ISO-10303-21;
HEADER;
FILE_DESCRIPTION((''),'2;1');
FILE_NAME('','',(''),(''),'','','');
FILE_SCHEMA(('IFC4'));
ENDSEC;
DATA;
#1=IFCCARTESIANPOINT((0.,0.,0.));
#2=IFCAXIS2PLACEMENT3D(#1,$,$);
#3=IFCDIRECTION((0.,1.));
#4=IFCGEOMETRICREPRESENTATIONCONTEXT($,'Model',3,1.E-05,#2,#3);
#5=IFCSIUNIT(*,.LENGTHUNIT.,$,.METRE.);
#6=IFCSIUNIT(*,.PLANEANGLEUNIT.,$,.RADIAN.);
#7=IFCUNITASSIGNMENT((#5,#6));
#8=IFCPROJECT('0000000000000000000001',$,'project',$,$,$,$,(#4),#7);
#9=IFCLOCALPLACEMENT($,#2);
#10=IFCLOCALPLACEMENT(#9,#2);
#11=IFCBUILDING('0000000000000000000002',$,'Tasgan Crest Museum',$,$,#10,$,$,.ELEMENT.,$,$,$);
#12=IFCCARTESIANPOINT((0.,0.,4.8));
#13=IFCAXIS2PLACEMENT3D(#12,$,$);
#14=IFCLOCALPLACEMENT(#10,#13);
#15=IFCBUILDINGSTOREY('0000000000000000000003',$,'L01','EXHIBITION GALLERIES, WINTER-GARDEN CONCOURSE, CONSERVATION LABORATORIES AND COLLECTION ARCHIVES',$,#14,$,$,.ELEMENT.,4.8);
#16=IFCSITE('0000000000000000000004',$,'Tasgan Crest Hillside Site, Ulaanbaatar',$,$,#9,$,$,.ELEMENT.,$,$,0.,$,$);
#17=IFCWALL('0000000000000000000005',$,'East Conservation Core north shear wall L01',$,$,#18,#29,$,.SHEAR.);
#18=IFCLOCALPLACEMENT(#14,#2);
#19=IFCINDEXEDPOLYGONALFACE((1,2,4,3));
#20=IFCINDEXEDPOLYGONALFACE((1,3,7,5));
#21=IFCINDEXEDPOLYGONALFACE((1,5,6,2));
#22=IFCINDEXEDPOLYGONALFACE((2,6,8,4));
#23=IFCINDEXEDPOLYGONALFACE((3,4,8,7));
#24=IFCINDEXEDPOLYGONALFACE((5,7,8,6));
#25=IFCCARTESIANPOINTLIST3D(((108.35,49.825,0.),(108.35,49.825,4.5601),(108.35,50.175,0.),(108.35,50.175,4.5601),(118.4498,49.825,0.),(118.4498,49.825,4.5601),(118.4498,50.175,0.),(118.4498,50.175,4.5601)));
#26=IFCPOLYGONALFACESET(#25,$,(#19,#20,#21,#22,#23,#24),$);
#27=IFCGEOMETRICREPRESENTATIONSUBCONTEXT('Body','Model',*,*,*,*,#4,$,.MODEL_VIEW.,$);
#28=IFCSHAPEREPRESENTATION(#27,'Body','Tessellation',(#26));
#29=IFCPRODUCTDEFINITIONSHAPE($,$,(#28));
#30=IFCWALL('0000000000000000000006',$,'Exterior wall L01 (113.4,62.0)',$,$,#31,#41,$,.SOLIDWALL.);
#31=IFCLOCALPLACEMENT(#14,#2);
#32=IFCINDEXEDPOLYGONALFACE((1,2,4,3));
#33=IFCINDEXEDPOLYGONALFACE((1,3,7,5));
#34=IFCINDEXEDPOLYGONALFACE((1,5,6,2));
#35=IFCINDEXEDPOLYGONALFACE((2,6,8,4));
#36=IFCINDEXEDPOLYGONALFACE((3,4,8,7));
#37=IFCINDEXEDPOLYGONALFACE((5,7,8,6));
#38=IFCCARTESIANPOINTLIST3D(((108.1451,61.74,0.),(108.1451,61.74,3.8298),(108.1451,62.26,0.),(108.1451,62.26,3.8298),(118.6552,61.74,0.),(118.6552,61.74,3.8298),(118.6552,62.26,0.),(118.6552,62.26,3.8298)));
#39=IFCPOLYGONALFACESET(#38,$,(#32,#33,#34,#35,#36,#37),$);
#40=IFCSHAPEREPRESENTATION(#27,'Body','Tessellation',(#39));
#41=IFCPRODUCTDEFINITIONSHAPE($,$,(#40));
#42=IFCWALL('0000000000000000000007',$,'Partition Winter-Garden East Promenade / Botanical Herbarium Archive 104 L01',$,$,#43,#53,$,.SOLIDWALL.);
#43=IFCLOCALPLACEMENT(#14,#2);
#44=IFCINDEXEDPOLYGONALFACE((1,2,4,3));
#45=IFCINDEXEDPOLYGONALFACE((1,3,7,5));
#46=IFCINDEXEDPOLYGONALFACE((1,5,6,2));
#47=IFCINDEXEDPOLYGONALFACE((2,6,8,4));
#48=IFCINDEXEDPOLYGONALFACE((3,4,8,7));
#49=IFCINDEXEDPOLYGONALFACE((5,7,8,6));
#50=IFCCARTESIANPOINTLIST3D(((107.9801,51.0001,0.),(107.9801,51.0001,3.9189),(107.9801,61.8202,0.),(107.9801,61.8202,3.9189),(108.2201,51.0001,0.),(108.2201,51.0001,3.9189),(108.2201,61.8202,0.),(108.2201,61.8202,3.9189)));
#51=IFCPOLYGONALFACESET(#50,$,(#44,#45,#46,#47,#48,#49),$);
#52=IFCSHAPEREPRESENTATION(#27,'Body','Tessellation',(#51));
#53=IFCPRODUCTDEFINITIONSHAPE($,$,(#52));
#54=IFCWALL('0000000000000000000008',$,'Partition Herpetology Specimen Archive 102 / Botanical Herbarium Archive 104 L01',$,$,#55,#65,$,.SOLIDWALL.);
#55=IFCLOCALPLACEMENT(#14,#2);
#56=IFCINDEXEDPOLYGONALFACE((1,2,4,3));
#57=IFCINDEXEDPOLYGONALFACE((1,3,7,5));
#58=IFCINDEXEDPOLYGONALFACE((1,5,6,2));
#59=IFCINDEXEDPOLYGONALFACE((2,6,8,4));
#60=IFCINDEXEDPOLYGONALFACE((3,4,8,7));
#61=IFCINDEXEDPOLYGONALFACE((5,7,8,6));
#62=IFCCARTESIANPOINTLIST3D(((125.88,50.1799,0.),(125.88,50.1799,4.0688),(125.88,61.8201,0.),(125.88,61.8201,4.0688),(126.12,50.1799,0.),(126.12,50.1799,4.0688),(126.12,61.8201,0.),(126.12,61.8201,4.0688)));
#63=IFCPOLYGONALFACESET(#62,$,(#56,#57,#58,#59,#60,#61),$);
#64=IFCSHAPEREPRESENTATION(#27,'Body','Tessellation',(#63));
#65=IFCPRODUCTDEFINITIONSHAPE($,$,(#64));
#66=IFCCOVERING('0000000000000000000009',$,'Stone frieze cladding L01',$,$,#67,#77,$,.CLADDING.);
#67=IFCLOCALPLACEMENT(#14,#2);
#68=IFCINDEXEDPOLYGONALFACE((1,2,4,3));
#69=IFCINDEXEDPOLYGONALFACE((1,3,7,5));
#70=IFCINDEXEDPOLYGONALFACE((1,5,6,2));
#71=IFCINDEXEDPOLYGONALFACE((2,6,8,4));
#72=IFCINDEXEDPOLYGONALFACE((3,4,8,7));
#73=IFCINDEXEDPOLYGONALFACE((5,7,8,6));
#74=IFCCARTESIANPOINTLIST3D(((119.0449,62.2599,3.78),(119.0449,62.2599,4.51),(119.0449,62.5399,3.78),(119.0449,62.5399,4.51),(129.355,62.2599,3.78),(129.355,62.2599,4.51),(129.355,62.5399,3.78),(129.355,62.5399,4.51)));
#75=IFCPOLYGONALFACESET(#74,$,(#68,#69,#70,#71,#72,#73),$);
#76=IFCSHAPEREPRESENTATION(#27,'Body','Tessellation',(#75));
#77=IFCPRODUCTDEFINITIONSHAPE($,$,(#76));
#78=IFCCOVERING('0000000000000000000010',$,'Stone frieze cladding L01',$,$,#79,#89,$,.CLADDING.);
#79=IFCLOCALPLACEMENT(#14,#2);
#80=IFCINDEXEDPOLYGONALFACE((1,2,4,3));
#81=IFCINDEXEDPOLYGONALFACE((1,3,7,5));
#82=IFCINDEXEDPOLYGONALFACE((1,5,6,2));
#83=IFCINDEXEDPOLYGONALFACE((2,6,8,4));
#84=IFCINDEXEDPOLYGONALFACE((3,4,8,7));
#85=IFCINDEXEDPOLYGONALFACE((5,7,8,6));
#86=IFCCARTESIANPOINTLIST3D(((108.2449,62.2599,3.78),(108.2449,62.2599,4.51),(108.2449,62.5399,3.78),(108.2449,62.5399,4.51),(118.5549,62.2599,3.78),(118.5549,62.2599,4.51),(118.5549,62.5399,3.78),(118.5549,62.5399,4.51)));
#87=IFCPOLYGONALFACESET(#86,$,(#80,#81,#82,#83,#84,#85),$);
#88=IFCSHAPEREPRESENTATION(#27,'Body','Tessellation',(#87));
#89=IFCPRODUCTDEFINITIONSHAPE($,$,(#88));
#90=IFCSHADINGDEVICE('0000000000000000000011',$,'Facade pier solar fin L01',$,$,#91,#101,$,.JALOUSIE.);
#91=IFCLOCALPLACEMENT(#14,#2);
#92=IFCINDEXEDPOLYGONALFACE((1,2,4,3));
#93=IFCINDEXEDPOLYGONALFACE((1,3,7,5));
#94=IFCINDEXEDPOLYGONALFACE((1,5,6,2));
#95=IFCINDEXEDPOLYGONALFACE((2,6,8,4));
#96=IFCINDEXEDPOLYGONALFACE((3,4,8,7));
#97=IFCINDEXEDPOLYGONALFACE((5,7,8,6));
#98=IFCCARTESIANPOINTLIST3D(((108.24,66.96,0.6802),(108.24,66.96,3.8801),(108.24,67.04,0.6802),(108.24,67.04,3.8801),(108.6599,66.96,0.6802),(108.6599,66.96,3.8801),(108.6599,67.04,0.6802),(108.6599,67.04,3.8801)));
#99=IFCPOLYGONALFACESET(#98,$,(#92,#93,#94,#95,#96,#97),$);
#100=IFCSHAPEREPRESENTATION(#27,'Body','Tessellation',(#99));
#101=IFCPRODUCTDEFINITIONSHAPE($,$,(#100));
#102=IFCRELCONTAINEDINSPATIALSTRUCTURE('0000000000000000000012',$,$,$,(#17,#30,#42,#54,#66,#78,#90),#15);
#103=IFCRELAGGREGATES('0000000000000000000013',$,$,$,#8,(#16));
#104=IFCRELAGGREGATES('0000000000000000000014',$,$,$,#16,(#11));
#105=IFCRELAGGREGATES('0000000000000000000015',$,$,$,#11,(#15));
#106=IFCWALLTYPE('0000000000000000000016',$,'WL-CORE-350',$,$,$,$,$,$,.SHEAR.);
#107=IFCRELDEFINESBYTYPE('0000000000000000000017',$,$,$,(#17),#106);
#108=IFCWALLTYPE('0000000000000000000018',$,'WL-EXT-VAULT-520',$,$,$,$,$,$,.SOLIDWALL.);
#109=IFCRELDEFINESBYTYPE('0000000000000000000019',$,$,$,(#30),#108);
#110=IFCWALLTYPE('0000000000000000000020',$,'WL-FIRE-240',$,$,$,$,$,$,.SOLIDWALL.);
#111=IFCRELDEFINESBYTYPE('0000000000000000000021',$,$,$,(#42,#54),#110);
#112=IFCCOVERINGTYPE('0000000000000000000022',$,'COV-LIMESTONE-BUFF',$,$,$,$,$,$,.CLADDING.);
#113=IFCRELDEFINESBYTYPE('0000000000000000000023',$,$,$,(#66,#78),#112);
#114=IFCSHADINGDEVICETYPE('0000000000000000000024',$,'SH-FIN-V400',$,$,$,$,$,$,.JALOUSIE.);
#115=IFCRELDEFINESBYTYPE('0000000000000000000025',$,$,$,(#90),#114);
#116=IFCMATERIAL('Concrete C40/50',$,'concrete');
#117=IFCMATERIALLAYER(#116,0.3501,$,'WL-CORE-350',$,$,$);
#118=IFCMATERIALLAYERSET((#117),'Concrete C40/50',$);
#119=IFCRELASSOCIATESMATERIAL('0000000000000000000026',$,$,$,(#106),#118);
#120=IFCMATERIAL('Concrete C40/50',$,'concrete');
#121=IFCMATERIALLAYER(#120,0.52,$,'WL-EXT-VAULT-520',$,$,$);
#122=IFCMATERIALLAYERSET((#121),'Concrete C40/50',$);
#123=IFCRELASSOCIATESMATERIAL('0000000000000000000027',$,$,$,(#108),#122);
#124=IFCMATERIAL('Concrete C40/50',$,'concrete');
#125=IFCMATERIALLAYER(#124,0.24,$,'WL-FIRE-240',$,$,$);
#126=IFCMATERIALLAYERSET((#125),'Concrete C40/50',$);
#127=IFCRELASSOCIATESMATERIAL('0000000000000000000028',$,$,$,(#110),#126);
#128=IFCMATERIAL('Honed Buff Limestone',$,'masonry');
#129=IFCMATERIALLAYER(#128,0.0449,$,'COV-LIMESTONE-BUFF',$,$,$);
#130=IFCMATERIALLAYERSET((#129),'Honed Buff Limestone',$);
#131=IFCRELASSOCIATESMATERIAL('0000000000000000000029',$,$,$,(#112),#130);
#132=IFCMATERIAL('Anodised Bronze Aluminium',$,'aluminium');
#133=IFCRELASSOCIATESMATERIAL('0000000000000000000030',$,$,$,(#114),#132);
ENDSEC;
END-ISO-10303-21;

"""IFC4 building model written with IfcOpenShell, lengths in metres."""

from ifc_helpers import new_model, si_unit, direction, frame, frame_2d, origin, origin_2d, place, context, subcontext, project, spatial, rectangle, extrude, material, layer, layer_set, type_object, element, save


model = new_model("IFC4")

# Units and contexts
model_context = context("Model", 3, precision=1e-05, world=origin(), true_north=direction((0.0, 1.0)))
body_context = subcontext(model_context, "Body", "Model", "MODEL_VIEW")
ifc_project = project(units=[si_unit("LENGTHUNIT", "METRE"), si_unit("PLANEANGLEUNIT", "RADIAN")], contexts=[model_context])

# Site, building, storey
site_placement = place(None, origin())
site = spatial("IfcSite", under=ifc_project, at=site_placement, Name="Tasgan Crest Hillside Site, Ulaanbaatar", CompositionType="ELEMENT", RefElevation=0.0)
building_placement = place(site_placement, origin())
building = spatial("IfcBuilding", under=site, at=building_placement, Name="Tasgan Crest Museum", CompositionType="ELEMENT")
storey_placement = place(building_placement, frame((0.0, 0.0, 4.8)))
storey = spatial("IfcBuildingStorey", under=building, at=storey_placement, Name="L01", Description="EXHIBITION GALLERIES, WINTER-GARDEN CONCOURSE, CONSERVATION LABORATORIES AND COLLECTION ARCHIVES", CompositionType="ELEMENT", Elevation=4.8)

# Walls
ifc_material_1 = material(Name="Concrete C40/50", Category="concrete")
ifc_layer_1 = layer(ifc_material_1, 0.3501, Name="WL-CORE-350")
ifc_layer_set_1 = layer_set([ifc_layer_1], Name="Concrete C40/50")
wall_type_1 = type_object("IfcWallType", Name="WL-CORE-350", PredefinedType="SHEAR", material=ifc_layer_set_1)
wall_1_placement = place(storey_placement, frame((108.3501, 50.0, 0.0), z_axis=(0.0, 0.0, 1.0), x_axis=(1.0, 0.0, 0.0)))
element("IfcWall", 1, at=wall_1_placement, inside=storey, type_object=wall_type_1, Name="East Conservation Core north shear wall L01", PredefinedType="SHEAR", context=body_context, shape_type="SweptSolid", body=[
    extrude(rectangle(XDim=10.0999, YDim=0.3501, at=frame_2d((5.0498, 0.0))), origin(), (0.0, 0.0, 1.0), 4.5601),
])
ifc_material_2 = material(Name="Concrete C40/50", Category="concrete")
ifc_layer_2 = layer(ifc_material_2, 0.52, Name="WL-EXT-VAULT-520")
ifc_layer_set_2 = layer_set([ifc_layer_2], Name="Concrete C40/50")
wall_type_2 = type_object("IfcWallType", Name="WL-EXT-VAULT-520", PredefinedType="SOLIDWALL", material=ifc_layer_set_2)
wall_2_placement = place(storey_placement, frame((118.655, 62.0, 0.0), z_axis=(0.0, 0.0, 1.0), x_axis=(-1.0, 0.0, 0.0)))
element("IfcWall", 2, at=wall_2_placement, inside=storey, type_object=wall_type_2, Name="Exterior wall L01 (113.4,62.0)", PredefinedType="SOLIDWALL", context=body_context, shape_type="SweptSolid", body=[
    extrude(rectangle(XDim=10.51, YDim=0.52, at=frame_2d((5.2549, 0.0))), origin(), (0.0, 0.0, 1.0), 3.8298),
])

# Shared definitions
ifc_material_3 = material(Name="Concrete C40/50", Category="concrete")
ifc_layer_3 = layer(ifc_material_3, 0.24, Name="WL-FIRE-240")
ifc_layer_set_3 = layer_set([ifc_layer_3], Name="Concrete C40/50")
wall_type_3 = type_object("IfcWallType", Name="WL-FIRE-240", PredefinedType="SOLIDWALL", material=ifc_layer_set_3)

# Walls
wall_3_placement = place(storey_placement, frame((108.1001, 51.0, 0.0), z_axis=(0.0, 0.0, 1.0), x_axis=(0.0, 1.0, 0.0)))
element("IfcWall", 3, at=wall_3_placement, inside=storey, type_object=wall_type_3, Name="Partition Winter-Garden East Promenade / Botanical Herbarium Archive 104 L01", PredefinedType="SOLIDWALL", context=body_context, shape_type="SweptSolid", body=[
    extrude(rectangle(XDim=10.8201, YDim=0.24, at=frame_2d((5.4102, 0.0))), origin(), (0.0, 0.0, 1.0), 3.9189),
])
wall_4_placement = place(storey_placement, frame((126.0, 50.1799, 0.0), z_axis=(0.0, 0.0, 1.0), x_axis=(0.0, 1.0, 0.0)))
element("IfcWall", 4, at=wall_4_placement, inside=storey, type_object=wall_type_3, Name="Partition Herpetology Specimen Archive 102 / Botanical Herbarium Archive 104 L01", PredefinedType="SOLIDWALL", context=body_context, shape_type="SweptSolid", body=[
    extrude(rectangle(XDim=11.6401, YDim=0.24, at=frame_2d((5.8201, 0.0))), origin(), (0.0, 0.0, 1.0), 4.0688),
])

# Coverings
ifc_material_4 = material(Name="Honed Buff Limestone", Category="masonry")
ifc_layer_4 = layer(ifc_material_4, 0.0449, Name="COV-LIMESTONE-BUFF")
ifc_layer_set_4 = layer_set([ifc_layer_4], Name="Honed Buff Limestone")
covering_type = type_object("IfcCoveringType", Name="COV-LIMESTONE-BUFF", PredefinedType="CLADDING", material=ifc_layer_set_4)
for number, where, z_axis, x_axis, name in (
    (5, (124.2, 62.3999, 3.78), (0.0, 0.0, 1.0), (-1.0, 0.0, 0.0), "Stone frieze cladding L01"),
    (6, (113.3999, 62.3999, 3.78), (0.0, 0.0, 1.0), (-1.0, 0.0, 0.0), "Stone frieze cladding L01"),
):
    element("IfcCovering", number, at=place(storey_placement, frame(where, z_axis=z_axis, x_axis=x_axis)), inside=storey, type_object=covering_type, Name=name, PredefinedType="CLADDING", context=body_context, shape_type="SweptSolid", body=[
        extrude(rectangle(XDim=10.3101, YDim=0.28, at=origin_2d()), origin(), (0.0, 0.0, 1.0), 0.73),
    ])

# Shading device
ifc_material_5 = material(Name="Anodised Bronze Aluminium", Category="aluminium")
shading_device_type = type_object("IfcShadingDeviceType", Name="SH-FIN-V400", PredefinedType="JALOUSIE", material=ifc_material_5)
shading_device_placement = place(storey_placement, frame((108.45, 67.0, 0.6802), z_axis=(0.0, 0.0, 1.0), x_axis=(0.0, 1.0, 0.0)))
element("IfcShadingDevice", 7, at=shading_device_placement, inside=storey, type_object=shading_device_type, Name="Facade pier solar fin L01", PredefinedType="JALOUSIE", context=body_context, shape_type="SweptSolid", body=[
    extrude(rectangle(XDim=0.0801, YDim=0.4199, at=origin_2d()), origin(), (0.0, 0.0, 1.0), 3.2),
])

save(model, "model.ifc")
